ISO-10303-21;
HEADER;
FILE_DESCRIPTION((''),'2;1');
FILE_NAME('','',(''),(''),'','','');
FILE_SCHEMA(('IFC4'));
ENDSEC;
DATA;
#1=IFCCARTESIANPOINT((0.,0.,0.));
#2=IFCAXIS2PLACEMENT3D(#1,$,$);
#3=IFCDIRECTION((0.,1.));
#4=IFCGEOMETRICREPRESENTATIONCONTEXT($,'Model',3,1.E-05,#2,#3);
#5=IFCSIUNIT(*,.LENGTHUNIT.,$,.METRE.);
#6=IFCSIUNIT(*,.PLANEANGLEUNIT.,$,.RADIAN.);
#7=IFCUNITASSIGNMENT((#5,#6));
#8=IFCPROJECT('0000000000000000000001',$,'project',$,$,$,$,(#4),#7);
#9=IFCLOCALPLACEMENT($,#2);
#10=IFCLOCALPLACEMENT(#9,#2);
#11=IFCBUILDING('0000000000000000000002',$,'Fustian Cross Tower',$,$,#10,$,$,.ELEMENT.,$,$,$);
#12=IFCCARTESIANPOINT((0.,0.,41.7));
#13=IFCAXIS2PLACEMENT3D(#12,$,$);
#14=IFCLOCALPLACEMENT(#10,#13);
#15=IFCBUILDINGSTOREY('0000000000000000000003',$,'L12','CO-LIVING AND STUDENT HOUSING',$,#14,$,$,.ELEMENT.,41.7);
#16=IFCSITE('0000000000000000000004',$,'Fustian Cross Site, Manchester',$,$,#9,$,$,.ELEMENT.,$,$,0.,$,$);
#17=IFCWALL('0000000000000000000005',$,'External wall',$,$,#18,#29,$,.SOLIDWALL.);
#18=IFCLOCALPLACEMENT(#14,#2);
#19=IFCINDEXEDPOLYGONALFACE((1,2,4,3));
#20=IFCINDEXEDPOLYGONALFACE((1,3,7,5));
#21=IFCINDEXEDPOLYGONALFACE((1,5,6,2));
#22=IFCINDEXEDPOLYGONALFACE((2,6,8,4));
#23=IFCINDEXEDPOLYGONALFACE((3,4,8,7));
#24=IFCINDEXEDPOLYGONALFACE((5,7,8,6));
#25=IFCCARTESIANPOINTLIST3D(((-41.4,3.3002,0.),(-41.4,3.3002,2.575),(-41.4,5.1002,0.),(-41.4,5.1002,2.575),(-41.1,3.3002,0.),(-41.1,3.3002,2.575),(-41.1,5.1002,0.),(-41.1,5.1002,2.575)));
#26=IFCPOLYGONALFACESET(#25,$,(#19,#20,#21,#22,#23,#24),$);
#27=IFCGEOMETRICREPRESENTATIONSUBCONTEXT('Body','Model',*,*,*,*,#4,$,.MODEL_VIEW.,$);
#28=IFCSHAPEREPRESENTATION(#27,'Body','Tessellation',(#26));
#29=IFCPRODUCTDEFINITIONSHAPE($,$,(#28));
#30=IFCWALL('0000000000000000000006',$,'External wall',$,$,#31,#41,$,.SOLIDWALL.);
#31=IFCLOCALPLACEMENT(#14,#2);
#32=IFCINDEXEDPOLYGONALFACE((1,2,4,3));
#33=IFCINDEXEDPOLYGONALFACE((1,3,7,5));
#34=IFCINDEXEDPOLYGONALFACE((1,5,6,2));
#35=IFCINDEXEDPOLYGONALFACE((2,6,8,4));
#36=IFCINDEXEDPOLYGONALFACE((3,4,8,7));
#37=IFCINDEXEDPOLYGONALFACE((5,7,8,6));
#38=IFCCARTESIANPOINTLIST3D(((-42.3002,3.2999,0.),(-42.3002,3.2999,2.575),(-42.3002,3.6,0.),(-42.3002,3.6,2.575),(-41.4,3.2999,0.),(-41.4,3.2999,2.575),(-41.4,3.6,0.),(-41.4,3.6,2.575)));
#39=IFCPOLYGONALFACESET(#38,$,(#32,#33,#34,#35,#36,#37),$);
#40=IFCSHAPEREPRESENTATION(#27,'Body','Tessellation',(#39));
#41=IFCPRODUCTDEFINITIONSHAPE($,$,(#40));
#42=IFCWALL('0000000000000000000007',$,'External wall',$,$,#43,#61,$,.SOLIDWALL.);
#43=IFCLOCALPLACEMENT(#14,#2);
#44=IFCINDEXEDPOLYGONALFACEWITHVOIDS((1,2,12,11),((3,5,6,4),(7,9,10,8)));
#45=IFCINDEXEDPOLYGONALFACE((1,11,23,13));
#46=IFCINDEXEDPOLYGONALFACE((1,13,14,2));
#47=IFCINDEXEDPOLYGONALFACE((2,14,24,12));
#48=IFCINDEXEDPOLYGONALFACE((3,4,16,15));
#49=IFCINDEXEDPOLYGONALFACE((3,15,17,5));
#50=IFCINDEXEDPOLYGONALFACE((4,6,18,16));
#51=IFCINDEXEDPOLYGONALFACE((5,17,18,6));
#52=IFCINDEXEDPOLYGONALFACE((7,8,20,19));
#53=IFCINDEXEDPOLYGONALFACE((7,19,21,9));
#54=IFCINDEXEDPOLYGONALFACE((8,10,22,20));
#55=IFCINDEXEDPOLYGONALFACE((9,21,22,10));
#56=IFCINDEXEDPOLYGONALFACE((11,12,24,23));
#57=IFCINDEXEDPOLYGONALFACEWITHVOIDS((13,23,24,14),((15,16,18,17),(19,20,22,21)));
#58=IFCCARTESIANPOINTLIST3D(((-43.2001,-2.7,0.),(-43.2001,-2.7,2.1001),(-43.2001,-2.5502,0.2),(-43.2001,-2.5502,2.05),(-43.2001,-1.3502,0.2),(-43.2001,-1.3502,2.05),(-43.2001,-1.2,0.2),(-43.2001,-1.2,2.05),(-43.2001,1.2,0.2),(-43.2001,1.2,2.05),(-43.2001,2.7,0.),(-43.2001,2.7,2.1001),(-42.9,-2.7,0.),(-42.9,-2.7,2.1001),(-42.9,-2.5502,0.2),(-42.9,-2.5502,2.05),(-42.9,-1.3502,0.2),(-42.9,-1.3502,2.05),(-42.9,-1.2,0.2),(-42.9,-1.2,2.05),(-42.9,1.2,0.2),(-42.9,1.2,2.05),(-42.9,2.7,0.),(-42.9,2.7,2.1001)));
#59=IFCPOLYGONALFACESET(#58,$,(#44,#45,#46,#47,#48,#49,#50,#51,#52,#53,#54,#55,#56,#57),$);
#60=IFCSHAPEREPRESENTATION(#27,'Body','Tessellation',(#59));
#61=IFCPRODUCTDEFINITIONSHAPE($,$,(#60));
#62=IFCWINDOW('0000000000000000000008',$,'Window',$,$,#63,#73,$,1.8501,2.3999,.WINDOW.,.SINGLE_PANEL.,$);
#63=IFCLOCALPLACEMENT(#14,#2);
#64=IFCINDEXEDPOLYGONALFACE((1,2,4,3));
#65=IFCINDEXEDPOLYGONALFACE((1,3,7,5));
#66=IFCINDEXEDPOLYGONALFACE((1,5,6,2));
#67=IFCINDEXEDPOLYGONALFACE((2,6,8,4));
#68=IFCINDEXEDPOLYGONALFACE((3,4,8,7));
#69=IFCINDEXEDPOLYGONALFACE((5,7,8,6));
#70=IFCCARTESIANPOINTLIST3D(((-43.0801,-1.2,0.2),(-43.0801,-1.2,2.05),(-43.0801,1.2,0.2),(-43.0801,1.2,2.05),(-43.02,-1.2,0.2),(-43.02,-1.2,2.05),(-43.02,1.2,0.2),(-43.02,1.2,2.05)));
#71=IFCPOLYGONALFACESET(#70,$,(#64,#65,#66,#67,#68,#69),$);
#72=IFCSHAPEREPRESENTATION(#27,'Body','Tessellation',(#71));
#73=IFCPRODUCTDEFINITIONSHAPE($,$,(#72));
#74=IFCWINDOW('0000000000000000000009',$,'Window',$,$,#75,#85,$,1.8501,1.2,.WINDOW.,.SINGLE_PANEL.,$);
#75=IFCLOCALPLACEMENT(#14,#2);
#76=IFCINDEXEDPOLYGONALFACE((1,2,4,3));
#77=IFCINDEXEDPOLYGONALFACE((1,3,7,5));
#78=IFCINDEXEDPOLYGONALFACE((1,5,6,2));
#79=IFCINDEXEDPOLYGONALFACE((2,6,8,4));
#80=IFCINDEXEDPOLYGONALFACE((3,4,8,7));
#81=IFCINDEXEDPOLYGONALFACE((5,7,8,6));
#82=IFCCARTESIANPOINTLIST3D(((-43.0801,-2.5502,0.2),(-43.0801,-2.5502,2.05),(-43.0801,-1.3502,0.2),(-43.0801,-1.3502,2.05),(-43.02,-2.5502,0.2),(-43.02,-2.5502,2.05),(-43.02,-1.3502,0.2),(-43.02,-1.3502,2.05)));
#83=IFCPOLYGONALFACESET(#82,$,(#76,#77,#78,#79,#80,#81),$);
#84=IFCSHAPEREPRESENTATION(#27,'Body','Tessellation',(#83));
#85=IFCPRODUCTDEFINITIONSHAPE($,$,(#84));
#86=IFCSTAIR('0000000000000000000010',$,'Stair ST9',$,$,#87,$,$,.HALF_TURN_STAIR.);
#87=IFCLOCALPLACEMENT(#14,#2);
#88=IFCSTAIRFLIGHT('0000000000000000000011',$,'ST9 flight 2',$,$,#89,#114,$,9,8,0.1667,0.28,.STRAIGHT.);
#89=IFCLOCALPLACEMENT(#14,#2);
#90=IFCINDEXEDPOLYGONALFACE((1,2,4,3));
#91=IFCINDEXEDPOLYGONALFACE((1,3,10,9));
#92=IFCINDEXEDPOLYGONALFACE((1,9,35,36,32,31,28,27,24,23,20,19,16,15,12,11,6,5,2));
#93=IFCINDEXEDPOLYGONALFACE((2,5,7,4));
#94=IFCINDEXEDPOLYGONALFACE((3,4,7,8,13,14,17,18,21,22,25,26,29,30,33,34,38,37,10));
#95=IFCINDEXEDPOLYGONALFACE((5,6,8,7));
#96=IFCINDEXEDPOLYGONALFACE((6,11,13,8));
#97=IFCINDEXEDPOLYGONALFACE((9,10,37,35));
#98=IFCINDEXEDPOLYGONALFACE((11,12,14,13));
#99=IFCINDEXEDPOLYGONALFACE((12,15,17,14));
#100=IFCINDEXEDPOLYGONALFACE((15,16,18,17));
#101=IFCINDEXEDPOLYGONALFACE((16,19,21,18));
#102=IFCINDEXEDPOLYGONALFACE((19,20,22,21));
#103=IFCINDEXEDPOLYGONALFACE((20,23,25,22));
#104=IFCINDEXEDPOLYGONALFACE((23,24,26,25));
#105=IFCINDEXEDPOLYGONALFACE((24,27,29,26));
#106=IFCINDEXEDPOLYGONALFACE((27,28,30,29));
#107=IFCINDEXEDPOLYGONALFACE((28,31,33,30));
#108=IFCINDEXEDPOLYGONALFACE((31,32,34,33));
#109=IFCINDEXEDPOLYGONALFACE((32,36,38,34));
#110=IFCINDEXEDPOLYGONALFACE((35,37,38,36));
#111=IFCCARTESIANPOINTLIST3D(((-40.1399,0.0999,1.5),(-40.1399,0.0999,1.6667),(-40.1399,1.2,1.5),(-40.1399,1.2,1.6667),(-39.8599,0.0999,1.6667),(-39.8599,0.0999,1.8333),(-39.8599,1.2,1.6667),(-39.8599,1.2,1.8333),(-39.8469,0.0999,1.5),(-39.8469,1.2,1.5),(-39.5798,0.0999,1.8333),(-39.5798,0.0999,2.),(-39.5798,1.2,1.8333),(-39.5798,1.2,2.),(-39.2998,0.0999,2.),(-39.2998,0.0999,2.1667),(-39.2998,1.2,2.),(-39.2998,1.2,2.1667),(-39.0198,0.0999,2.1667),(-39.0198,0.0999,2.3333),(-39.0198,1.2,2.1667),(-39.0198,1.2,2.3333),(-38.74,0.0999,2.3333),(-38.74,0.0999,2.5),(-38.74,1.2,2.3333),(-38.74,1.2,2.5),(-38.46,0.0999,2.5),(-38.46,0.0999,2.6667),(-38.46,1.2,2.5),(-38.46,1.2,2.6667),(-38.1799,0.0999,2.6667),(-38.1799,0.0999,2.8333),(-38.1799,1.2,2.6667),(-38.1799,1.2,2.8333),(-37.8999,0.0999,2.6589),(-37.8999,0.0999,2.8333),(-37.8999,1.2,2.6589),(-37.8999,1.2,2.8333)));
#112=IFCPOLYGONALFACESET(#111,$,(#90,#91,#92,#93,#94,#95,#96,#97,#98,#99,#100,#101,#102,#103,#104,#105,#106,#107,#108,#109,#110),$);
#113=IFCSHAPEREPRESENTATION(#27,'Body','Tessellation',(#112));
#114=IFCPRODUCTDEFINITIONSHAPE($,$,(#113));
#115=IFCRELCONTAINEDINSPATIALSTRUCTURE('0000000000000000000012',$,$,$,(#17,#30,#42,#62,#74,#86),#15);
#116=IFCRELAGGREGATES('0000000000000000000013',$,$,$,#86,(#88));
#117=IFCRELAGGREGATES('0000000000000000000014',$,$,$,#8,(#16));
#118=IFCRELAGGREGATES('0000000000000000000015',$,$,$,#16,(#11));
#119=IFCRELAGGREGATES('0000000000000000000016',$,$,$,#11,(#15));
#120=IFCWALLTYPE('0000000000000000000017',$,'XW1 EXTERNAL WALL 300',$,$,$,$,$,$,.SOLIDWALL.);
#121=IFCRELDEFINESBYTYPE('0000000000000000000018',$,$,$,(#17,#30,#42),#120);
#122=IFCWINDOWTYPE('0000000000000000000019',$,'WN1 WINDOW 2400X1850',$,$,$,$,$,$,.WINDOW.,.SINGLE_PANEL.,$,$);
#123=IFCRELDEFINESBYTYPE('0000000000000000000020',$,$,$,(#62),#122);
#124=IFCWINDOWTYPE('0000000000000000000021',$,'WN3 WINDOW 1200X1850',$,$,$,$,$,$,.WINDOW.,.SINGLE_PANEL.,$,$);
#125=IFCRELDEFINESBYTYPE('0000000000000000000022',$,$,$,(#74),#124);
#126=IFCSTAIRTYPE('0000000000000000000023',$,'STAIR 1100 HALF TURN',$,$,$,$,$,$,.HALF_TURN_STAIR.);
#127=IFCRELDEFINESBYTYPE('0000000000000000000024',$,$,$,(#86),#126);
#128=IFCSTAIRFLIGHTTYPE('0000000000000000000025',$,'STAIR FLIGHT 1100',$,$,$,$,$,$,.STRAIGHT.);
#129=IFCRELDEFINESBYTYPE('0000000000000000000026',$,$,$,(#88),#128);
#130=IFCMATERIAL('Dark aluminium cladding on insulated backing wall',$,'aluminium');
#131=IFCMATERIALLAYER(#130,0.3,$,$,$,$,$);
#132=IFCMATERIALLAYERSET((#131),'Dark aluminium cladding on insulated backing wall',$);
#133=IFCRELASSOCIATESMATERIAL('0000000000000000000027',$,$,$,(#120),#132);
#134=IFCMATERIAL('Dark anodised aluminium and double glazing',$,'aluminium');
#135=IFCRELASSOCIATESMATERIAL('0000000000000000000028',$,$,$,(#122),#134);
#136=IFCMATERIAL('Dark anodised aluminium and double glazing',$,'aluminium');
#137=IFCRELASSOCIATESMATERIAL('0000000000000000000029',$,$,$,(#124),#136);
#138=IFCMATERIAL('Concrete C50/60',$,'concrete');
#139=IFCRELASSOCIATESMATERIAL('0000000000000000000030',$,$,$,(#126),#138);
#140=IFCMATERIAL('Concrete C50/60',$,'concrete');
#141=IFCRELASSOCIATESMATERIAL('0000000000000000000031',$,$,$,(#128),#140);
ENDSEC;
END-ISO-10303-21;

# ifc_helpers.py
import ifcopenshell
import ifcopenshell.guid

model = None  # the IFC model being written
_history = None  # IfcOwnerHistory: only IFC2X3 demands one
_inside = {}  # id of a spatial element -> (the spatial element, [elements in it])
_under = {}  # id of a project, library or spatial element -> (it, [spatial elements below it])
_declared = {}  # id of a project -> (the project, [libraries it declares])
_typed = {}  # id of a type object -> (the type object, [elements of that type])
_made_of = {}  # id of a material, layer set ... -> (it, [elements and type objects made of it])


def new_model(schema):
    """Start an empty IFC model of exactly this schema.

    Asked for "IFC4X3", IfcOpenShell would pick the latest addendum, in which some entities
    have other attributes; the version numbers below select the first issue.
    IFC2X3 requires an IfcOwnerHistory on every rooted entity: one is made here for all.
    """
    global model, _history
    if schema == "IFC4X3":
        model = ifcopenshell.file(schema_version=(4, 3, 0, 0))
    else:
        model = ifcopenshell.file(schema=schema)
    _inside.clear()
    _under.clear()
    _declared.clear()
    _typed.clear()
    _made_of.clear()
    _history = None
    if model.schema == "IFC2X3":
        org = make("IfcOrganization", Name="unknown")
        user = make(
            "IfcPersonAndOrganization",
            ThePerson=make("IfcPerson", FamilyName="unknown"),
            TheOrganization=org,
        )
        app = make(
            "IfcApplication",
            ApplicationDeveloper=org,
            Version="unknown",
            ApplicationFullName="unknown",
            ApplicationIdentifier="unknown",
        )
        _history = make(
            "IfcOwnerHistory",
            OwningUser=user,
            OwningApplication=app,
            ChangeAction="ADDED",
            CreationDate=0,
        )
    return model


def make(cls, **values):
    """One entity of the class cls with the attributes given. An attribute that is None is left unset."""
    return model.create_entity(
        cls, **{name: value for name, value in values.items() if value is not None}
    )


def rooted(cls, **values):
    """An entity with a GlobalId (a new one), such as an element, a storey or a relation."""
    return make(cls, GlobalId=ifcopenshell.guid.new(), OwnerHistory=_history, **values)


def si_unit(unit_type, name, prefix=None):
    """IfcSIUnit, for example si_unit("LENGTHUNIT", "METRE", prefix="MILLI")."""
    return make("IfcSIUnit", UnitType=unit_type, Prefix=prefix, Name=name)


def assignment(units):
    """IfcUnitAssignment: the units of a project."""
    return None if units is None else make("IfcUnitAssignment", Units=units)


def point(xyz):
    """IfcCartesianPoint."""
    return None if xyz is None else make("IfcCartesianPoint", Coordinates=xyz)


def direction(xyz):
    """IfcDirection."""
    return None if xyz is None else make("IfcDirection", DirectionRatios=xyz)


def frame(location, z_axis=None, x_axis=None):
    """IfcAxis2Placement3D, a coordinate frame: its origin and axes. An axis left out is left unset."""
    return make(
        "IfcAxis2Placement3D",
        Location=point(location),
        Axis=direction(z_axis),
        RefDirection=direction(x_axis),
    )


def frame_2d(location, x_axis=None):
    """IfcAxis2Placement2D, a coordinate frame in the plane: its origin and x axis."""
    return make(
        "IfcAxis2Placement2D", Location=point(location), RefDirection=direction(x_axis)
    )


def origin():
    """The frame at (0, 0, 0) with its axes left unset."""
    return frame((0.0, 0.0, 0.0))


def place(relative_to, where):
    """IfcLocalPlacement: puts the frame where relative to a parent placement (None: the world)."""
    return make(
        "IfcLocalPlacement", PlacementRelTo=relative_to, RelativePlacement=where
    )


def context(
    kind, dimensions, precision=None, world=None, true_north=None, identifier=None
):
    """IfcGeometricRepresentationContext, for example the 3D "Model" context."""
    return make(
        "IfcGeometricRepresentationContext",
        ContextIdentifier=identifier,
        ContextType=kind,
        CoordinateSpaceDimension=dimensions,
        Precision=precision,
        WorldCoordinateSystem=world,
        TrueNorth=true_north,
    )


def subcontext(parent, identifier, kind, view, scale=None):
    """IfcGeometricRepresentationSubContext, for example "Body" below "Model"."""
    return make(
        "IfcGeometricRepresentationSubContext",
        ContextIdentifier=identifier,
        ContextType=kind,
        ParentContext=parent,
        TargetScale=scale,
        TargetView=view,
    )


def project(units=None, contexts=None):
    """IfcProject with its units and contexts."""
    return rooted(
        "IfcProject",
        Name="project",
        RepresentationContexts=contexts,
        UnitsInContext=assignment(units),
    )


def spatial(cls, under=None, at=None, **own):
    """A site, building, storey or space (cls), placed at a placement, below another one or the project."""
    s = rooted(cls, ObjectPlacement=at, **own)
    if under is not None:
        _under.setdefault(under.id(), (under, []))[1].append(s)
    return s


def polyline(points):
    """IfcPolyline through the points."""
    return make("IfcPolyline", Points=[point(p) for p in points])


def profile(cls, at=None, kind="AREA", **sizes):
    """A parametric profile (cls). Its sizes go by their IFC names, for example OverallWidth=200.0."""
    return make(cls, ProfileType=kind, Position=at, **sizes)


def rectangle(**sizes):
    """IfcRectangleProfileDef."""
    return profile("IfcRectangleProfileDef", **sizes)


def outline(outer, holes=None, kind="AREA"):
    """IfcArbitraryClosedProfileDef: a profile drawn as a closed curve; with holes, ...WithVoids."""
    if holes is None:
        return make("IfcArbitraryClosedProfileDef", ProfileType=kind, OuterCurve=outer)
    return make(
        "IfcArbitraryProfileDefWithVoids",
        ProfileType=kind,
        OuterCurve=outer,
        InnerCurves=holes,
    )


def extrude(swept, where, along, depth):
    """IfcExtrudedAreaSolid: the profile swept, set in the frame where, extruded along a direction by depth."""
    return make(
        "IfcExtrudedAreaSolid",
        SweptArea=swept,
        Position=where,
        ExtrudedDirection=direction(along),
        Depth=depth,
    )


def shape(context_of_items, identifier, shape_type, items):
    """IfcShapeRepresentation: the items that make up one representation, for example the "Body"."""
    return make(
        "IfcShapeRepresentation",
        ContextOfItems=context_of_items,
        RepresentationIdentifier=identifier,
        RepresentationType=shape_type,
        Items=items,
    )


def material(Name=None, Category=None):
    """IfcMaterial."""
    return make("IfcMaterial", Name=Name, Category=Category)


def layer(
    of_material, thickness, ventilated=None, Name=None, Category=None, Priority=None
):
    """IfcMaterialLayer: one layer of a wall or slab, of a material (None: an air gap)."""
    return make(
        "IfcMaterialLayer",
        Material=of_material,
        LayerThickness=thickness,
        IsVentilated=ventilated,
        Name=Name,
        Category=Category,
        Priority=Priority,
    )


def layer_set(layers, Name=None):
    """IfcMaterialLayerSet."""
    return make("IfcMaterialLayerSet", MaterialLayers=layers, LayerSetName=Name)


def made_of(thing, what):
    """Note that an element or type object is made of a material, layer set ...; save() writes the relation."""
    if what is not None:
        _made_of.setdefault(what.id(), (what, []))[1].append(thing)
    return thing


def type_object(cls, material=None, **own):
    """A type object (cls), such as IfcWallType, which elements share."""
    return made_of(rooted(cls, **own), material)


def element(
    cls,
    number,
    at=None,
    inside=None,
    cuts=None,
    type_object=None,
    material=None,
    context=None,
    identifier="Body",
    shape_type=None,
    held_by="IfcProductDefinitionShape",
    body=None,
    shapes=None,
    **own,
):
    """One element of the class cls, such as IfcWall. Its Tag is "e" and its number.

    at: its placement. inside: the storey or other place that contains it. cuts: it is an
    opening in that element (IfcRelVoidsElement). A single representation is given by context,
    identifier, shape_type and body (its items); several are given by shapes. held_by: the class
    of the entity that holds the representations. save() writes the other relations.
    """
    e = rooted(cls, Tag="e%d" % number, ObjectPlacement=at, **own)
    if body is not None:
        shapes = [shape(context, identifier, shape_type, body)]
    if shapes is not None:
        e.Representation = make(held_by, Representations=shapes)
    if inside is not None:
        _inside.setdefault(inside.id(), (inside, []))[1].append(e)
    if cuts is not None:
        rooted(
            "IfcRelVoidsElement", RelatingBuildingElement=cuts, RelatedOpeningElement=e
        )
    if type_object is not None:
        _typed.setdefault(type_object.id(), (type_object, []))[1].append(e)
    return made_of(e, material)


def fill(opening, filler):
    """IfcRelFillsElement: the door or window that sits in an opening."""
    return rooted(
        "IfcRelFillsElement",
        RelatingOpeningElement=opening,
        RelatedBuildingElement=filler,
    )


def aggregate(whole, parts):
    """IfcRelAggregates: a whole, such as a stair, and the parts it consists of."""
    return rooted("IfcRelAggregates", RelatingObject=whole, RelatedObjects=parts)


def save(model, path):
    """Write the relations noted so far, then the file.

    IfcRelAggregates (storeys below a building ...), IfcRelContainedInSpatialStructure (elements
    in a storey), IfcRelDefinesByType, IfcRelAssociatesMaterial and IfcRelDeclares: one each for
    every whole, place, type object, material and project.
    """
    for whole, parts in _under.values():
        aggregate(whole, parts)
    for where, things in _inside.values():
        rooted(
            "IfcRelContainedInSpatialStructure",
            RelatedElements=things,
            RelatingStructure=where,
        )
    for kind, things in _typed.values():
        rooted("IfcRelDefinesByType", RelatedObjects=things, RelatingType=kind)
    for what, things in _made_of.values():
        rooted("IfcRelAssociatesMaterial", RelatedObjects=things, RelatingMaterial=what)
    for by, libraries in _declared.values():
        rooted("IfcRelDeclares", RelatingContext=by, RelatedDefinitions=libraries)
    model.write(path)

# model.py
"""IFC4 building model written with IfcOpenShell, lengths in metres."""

from ifc_helpers import new_model, si_unit, direction, frame, frame_2d, origin, place, context, subcontext, project, spatial, polyline, rectangle, outline, extrude, material, layer, layer_set, type_object, element, fill, aggregate, save


model = new_model("IFC4")

# Units and contexts
model_context = context("Model", 3, precision=1e-05, world=origin(), true_north=direction((0.0, 1.0)))
body_context = subcontext(model_context, "Body", "Model", "MODEL_VIEW")
ifc_project = project(units=[si_unit("LENGTHUNIT", "METRE"), si_unit("PLANEANGLEUNIT", "RADIAN")], contexts=[model_context])

# Site, building, storey
site_placement = place(None, origin())
site = spatial("IfcSite", under=ifc_project, at=site_placement, Name="Fustian Cross Site, Manchester", CompositionType="ELEMENT", RefElevation=0.0)
building_placement = place(site_placement, origin())
building = spatial("IfcBuilding", under=site, at=building_placement, Name="Fustian Cross Tower", CompositionType="ELEMENT")
storey_placement = place(building_placement, frame((0.0, 0.0, 41.7)))
storey = spatial("IfcBuildingStorey", under=building, at=storey_placement, Name="L12", Description="CO-LIVING AND STUDENT HOUSING", CompositionType="ELEMENT", Elevation=41.7)

# Walls
ifc_material_1 = material(Name="Dark aluminium cladding on insulated backing wall", Category="aluminium")
ifc_layer_1 = layer(ifc_material_1, 0.3)
ifc_layer_set_1 = layer_set([ifc_layer_1], Name="Dark aluminium cladding on insulated backing wall")
wall_type_1 = type_object("IfcWallType", Name="XW1 EXTERNAL WALL 300", PredefinedType="SOLIDWALL", material=ifc_layer_set_1)
wall_1_placement = place(storey_placement, frame((-41.25, 5.1001, 0.0), z_axis=(0.0, 0.0, 1.0), x_axis=(0.0, -1.0, 0.0)))
element("IfcWall", 1, at=wall_1_placement, inside=storey, type_object=wall_type_1, Name="External wall", PredefinedType="SOLIDWALL", context=body_context, shape_type="SweptSolid", body=[
    extrude(rectangle(XDim=1.8, YDim=0.3, at=frame_2d((0.8999, 0.0))), origin(), (0.0, 0.0, 1.0), 2.575),
])
wall_2_placement = place(storey_placement, frame((-41.3999, 3.45, 0.0), z_axis=(0.0, 0.0, 1.0), x_axis=(-1.0, 0.0, 0.0)))
element("IfcWall", 2, at=wall_2_placement, inside=storey, type_object=wall_type_1, Name="External wall", PredefinedType="SOLIDWALL", context=body_context, shape_type="SweptSolid", body=[
    extrude(rectangle(XDim=0.9001, YDim=0.3, at=frame_2d((0.4502, 0.0))), origin(), (0.0, 0.0, 1.0), 2.575),
])

# Wall, openings, windows
wall_3_placement = place(storey_placement, frame((-43.05, 2.7, 0.0), z_axis=(0.0, 0.0, 1.0), x_axis=(0.0, -1.0, 0.0)))
wall_3 = element("IfcWall", 3, at=wall_3_placement, inside=storey, type_object=wall_type_1, Name="External wall", PredefinedType="SOLIDWALL", context=body_context, shape_type="SweptSolid", body=[
    extrude(rectangle(XDim=5.3999, YDim=0.3, at=frame_2d((2.7, 0.0))), origin(), (0.0, 0.0, 1.0), 2.1001),
])
opening_1_placement = place(wall_3_placement, frame((1.5, 0.0, 0.2)))
opening_1 = element("IfcOpeningElement", 4, at=opening_1_placement, cuts=wall_3, PredefinedType="OPENING", context=body_context, shape_type="SweptSolid", body=[
    extrude(rectangle(XDim=2.3999, YDim=1.8501, at=frame_2d((1.2, 0.925))), frame((0.0, 0.1599, 0.0), z_axis=(0.0, -1.0, 0.0), x_axis=(1.0, 0.0, 0.0)), (0.0, 0.0, 1.0), 0.3201),
])
opening_2_placement = place(wall_3_placement, frame((4.05, 0.0, 0.2)))
opening_2 = element("IfcOpeningElement", 5, at=opening_2_placement, cuts=wall_3, PredefinedType="OPENING", context=body_context, shape_type="SweptSolid", body=[
    extrude(rectangle(XDim=1.2, YDim=1.8501, at=frame_2d((0.6001, 0.925))), frame((0.0, 0.1599, 0.0), z_axis=(0.0, -1.0, 0.0), x_axis=(1.0, 0.0, 0.0)), (0.0, 0.0, 1.0), 0.3201),
])
ifc_material_2 = material(Name="Dark anodised aluminium and double glazing", Category="aluminium")
window_type_1 = type_object("IfcWindowType", Name="WN1 WINDOW 2400X1850", PartitioningType="SINGLE_PANEL", PredefinedType="WINDOW", material=ifc_material_2)
window_1_placement = place(opening_1_placement, origin())
window_1 = element("IfcWindow", 6, at=window_1_placement, inside=storey, type_object=window_type_1, Name="Window", OverallHeight=1.8501, OverallWidth=2.3999, PartitioningType="SINGLE_PANEL", PredefinedType="WINDOW", context=body_context, shape_type="SweptSolid", body=[
    extrude(rectangle(XDim=2.3999, YDim=1.8501, at=frame_2d((1.2, 0.925))), frame((0.0, 0.03, 0.0), z_axis=(0.0, -1.0, 0.0), x_axis=(1.0, 0.0, 0.0)), (0.0, 0.0, 1.0), 0.0601),
])
fill(opening_1, window_1)
ifc_material_3 = material(Name="Dark anodised aluminium and double glazing", Category="aluminium")
window_type_2 = type_object("IfcWindowType", Name="WN3 WINDOW 1200X1850", PartitioningType="SINGLE_PANEL", PredefinedType="WINDOW", material=ifc_material_3)
window_2_placement = place(opening_2_placement, origin())
window_2 = element("IfcWindow", 7, at=window_2_placement, inside=storey, type_object=window_type_2, Name="Window", OverallHeight=1.8501, OverallWidth=1.2, PartitioningType="SINGLE_PANEL", PredefinedType="WINDOW", context=body_context, shape_type="SweptSolid", body=[
    extrude(rectangle(XDim=1.2, YDim=1.8501, at=frame_2d((0.6001, 0.925))), frame((0.0, 0.03, 0.0), z_axis=(0.0, -1.0, 0.0), x_axis=(1.0, 0.0, 0.0)), (0.0, 0.0, 1.0), 0.0601),
])
fill(opening_2, window_2)

# Stair, stair flight
ifc_material_4 = material(Name="Concrete C50/60", Category="concrete")
stair_type = type_object("IfcStairType", Name="STAIR 1100 HALF TURN", PredefinedType="HALF_TURN_STAIR", material=ifc_material_4)
stair_placement = place(storey_placement, origin())
stair = element("IfcStair", 8, at=stair_placement, inside=storey, type_object=stair_type, Name="Stair ST9", PredefinedType="HALF_TURN_STAIR")
ifc_material_5 = material(Name="Concrete C50/60", Category="concrete")
stair_flight_type = type_object("IfcStairFlightType", Name="STAIR FLIGHT 1100", PredefinedType="STRAIGHT", material=ifc_material_5)
stair_flight_placement = place(storey_placement, frame((-40.1399, 0.6499, 1.5), z_axis=(0.0, 0.0, 1.0), x_axis=(1.0, 0.0, 0.0)))
stair_flight = element("IfcStairFlight", 9, at=stair_flight_placement, type_object=stair_flight_type, Name="ST9 flight 2", NumberOfRisers=9, NumberOfTreads=8, PredefinedType="STRAIGHT", RiserHeight=0.1667, TreadLength=0.28, context=body_context, shape_type="SweptSolid", body=[
    extrude(outline(polyline([(0.0, 0.0), (0.0, 0.1667), (0.28, 0.1667), (0.28, 0.3333), (0.5601, 0.3333), (0.5601, 0.5), (0.8401, 0.5), (0.8401, 0.6667), (1.1201, 0.6667), (1.1201, 0.8333), (1.3999, 0.8333), (1.3999, 1.0), (1.6799, 1.0), (1.6799, 1.1667), (1.96, 1.1667), (1.96, 1.3333), (2.24, 1.3333), (2.24, 1.5), (2.24, 1.1589), (0.293, 0.0), (0.0, 0.0)])), frame((0.0, 0.55, 0.0), z_axis=(0.0, -1.0, 0.0), x_axis=(1.0, 0.0, 0.0)), (0.0, 0.0, 1.0), 1.1001),
])
aggregate(stair, [stair_flight])

save(model, "model.ifc")
